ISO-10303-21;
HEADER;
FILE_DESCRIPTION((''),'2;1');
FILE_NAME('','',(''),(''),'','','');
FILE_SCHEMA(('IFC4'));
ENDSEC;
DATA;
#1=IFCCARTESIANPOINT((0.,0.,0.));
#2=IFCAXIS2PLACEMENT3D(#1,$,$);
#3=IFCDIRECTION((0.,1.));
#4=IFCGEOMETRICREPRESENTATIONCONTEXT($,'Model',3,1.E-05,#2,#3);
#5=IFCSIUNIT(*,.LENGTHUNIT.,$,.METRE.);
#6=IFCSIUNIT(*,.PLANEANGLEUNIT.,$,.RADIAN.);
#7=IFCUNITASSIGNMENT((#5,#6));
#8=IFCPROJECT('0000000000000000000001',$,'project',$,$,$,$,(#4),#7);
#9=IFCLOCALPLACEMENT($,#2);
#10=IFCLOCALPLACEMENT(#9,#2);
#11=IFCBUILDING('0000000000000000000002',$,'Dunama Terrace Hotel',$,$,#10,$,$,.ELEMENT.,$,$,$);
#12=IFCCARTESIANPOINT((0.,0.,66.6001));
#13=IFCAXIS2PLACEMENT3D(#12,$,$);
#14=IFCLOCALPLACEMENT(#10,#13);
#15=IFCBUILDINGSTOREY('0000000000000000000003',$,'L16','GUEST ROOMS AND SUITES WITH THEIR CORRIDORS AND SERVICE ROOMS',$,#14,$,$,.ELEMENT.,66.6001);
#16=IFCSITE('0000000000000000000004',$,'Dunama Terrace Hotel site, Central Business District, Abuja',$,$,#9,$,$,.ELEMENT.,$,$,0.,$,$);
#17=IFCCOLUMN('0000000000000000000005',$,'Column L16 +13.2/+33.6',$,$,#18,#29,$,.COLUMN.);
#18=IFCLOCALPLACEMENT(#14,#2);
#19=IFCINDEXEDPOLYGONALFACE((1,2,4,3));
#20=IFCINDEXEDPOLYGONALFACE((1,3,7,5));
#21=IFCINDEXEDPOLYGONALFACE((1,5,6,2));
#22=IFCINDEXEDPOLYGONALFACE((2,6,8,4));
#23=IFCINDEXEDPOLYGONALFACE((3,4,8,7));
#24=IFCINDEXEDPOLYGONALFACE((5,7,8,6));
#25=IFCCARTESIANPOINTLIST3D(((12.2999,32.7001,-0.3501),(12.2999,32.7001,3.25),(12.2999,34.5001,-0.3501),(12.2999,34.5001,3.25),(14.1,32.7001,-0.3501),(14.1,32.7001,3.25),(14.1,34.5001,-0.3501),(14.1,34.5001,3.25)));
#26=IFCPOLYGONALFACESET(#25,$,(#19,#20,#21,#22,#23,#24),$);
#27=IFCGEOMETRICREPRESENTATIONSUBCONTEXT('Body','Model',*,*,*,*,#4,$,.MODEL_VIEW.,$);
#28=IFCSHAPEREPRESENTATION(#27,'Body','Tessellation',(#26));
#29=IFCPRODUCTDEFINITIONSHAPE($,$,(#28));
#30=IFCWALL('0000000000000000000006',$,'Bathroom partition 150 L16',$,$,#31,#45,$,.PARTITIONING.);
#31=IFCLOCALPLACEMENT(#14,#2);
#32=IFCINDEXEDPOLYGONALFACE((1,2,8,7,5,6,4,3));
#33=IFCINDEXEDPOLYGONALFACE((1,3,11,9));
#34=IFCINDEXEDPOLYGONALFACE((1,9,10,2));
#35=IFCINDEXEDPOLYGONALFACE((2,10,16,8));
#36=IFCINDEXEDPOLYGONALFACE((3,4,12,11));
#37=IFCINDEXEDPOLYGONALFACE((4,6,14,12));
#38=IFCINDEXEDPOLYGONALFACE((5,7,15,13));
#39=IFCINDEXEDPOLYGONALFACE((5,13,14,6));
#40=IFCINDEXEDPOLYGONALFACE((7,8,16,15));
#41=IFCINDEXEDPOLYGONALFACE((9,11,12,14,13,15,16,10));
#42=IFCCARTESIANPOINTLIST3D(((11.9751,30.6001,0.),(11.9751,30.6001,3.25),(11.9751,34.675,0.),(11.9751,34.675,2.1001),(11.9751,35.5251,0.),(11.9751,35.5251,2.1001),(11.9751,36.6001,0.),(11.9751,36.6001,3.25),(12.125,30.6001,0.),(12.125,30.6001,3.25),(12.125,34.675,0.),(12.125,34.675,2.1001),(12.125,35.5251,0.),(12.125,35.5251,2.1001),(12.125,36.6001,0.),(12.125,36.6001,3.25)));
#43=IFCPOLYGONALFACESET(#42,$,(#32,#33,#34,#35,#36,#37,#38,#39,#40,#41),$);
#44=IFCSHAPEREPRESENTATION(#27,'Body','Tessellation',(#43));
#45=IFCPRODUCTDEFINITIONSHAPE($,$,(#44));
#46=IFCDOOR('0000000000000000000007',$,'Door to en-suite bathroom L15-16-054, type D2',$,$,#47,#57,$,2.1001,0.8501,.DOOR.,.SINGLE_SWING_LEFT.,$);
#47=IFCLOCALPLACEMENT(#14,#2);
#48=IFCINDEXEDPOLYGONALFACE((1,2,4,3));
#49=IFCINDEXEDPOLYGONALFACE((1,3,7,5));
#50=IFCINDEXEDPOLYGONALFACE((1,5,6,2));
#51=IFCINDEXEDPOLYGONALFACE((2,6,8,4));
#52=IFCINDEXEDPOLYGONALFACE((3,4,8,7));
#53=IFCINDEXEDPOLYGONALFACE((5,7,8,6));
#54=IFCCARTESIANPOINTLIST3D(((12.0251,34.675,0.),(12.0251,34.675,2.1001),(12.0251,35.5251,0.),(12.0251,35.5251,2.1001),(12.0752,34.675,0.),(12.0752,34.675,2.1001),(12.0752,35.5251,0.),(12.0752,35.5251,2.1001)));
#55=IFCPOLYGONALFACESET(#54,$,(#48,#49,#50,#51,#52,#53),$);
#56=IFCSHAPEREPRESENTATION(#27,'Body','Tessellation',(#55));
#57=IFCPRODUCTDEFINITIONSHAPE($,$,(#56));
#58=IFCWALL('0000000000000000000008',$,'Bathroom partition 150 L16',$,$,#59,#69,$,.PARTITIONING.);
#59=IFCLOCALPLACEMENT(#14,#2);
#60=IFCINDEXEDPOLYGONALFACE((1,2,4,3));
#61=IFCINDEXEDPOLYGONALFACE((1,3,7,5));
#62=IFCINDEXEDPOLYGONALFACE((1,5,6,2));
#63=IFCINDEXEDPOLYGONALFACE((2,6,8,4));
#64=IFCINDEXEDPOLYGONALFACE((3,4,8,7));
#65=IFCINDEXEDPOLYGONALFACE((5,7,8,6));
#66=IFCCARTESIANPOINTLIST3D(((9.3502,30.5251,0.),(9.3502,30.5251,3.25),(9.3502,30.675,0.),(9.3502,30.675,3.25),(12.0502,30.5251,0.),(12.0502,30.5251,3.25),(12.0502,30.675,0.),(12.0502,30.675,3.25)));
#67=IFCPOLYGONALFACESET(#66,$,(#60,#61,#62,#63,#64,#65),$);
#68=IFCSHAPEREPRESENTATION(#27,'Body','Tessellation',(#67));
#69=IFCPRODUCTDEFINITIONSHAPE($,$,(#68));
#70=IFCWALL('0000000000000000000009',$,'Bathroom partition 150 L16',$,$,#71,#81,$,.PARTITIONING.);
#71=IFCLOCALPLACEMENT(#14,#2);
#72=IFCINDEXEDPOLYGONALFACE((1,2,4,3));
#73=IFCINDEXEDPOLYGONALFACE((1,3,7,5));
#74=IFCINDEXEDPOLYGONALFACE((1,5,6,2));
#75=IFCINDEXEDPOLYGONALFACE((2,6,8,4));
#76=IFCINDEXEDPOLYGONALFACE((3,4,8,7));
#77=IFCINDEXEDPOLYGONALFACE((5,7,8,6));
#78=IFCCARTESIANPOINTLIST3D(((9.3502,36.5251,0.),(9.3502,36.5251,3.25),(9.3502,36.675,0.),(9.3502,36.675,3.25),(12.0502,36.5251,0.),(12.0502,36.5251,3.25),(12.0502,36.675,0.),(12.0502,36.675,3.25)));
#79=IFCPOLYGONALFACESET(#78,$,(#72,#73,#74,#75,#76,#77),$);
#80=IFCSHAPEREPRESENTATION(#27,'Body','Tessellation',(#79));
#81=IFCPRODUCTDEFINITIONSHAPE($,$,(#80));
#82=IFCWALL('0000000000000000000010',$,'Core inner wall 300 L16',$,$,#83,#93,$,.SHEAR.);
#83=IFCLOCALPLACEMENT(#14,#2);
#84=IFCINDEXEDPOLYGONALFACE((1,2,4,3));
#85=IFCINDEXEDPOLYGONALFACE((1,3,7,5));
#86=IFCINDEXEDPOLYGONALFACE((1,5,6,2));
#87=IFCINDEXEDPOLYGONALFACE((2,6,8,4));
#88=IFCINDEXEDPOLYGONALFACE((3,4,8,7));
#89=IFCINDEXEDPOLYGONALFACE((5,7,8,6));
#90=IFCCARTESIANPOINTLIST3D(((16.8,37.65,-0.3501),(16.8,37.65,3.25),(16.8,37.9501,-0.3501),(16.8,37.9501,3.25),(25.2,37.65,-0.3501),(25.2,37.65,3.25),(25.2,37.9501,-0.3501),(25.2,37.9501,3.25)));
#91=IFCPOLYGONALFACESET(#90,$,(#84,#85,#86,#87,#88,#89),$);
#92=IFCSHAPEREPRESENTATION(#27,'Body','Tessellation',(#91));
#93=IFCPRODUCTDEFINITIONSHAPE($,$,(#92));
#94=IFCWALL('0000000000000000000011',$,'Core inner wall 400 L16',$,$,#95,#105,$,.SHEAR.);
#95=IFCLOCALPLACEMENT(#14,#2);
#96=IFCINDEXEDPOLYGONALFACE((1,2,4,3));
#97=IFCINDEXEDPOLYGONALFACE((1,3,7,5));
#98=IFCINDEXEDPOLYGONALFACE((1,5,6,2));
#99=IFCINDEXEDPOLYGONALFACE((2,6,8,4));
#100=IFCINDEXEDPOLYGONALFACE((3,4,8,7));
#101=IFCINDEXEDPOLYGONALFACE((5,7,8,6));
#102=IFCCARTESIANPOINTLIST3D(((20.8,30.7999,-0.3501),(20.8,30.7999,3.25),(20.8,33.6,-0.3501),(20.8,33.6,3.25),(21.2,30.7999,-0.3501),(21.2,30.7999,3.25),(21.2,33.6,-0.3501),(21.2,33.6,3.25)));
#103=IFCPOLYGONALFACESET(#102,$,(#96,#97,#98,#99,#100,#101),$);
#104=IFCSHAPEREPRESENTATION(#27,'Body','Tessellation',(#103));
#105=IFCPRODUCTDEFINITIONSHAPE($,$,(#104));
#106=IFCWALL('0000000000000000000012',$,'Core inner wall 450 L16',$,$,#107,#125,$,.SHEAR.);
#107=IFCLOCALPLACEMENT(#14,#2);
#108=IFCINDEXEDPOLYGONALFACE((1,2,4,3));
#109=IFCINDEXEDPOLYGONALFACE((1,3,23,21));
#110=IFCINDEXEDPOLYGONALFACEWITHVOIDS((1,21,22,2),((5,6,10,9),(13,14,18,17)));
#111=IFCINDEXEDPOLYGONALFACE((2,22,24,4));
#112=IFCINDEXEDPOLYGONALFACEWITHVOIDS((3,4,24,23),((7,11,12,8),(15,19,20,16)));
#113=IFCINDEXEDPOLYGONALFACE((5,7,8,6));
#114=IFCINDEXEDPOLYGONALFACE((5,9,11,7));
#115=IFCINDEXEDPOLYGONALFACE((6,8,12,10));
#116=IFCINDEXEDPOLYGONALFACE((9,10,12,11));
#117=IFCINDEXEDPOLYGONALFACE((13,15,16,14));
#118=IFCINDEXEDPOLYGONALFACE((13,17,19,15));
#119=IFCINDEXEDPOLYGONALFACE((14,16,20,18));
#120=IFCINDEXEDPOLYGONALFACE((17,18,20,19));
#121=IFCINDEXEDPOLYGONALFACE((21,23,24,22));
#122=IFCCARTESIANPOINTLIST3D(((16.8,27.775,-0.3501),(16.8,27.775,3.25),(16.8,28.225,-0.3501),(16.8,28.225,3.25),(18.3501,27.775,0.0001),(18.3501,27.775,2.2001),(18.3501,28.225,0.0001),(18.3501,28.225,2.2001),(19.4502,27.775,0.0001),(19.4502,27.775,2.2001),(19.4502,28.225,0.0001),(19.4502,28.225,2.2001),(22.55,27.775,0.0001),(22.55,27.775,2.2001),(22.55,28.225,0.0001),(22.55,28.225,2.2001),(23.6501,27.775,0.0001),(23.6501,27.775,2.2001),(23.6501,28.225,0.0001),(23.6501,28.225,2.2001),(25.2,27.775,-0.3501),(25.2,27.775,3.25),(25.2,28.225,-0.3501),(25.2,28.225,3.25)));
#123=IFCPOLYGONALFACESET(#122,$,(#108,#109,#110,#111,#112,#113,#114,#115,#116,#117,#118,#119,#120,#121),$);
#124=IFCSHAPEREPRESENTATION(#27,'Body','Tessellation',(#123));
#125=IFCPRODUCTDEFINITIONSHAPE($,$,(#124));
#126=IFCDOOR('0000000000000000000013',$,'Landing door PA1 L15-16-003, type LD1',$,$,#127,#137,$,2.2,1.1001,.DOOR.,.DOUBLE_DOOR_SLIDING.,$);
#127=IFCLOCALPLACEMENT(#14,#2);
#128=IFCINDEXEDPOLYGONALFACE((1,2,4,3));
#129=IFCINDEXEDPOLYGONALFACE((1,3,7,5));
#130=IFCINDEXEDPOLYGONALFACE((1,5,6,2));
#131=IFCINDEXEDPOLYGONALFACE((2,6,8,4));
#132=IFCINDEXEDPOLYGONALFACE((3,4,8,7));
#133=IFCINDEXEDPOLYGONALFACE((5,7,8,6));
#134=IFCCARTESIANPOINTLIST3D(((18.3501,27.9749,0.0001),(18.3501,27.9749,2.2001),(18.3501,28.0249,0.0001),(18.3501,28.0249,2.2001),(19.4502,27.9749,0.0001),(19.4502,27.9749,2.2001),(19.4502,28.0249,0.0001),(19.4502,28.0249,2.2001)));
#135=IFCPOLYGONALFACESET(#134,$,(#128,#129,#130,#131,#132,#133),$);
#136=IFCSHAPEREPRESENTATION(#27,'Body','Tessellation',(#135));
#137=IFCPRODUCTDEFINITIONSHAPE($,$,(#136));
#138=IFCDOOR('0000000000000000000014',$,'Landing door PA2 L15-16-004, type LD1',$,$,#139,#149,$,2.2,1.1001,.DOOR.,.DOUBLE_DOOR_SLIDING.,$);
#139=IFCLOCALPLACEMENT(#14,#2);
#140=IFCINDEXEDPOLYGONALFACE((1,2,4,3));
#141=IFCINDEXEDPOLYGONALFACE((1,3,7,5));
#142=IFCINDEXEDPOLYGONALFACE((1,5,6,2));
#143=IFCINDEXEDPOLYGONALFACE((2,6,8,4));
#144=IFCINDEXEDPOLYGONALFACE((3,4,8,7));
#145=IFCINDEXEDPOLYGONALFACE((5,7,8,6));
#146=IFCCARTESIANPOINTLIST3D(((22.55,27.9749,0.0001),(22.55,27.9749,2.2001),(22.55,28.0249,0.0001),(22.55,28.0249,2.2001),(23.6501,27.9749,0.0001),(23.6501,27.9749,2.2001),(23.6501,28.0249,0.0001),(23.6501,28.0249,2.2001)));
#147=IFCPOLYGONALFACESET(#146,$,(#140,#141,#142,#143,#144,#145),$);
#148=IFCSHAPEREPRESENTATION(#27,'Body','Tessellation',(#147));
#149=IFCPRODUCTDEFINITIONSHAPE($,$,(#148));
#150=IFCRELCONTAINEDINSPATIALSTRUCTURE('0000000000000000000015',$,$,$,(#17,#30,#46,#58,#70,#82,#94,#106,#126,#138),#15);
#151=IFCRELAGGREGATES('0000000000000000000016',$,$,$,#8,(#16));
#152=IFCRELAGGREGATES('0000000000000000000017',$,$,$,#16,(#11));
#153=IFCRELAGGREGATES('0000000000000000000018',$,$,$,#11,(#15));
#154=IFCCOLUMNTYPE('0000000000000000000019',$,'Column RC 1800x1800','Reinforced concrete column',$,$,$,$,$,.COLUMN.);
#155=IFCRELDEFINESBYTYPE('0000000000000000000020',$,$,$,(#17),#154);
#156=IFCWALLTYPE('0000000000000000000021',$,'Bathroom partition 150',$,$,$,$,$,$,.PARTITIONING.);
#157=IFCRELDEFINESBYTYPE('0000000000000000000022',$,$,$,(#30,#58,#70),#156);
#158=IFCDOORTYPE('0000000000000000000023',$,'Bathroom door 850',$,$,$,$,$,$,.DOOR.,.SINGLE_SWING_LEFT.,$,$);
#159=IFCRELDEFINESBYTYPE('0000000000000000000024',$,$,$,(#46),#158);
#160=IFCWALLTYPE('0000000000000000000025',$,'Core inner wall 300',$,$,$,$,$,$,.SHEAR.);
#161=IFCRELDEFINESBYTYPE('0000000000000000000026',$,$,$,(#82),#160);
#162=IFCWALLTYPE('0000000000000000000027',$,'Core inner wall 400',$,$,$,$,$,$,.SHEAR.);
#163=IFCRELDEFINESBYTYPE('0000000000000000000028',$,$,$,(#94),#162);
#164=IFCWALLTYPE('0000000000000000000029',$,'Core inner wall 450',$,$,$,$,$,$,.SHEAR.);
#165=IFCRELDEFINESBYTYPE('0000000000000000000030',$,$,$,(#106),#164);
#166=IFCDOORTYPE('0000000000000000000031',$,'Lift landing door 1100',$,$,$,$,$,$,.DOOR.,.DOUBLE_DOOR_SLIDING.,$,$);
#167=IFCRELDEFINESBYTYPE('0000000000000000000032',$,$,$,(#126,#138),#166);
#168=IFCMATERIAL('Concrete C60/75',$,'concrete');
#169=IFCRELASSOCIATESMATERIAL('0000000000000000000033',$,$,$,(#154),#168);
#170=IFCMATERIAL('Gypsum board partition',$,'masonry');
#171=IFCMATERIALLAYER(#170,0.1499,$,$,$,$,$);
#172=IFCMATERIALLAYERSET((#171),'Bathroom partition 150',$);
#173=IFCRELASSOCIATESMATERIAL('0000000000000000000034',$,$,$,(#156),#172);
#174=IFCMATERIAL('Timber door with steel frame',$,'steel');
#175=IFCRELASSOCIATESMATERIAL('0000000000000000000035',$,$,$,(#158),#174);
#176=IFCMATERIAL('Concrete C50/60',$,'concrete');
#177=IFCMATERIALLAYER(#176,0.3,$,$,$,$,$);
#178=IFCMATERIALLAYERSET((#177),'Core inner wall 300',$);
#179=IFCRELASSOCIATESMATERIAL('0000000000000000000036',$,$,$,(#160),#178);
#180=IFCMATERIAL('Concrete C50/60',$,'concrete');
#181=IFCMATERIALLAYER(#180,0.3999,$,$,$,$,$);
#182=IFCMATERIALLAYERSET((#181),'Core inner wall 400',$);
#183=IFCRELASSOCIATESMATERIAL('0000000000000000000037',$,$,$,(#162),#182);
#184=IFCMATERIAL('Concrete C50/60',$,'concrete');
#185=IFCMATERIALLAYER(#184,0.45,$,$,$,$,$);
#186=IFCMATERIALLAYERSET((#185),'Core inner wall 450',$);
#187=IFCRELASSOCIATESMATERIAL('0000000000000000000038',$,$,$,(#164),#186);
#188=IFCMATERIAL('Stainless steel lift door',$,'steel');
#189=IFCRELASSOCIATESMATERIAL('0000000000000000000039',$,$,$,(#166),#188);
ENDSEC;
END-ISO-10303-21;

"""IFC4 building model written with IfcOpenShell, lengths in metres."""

from ifc_helpers import new_model, si_unit, direction, frame, frame_2d, origin, origin_2d, place, context, subcontext, project, spatial, rectangle, extrude, material, layer, layer_set, material_profile, profile_set, type_object, element, fill, save


model = new_model("IFC4")

# Units and contexts
model_context = context("Model", 3, precision=1e-05, world=origin(), true_north=direction((0.0, 1.0)))
body_context = subcontext(model_context, "Body", "Model", "MODEL_VIEW")
ifc_project = project(units=[si_unit("LENGTHUNIT", "METRE"), si_unit("PLANEANGLEUNIT", "RADIAN")], contexts=[model_context])

# Site, building, storey
site_placement = place(None, origin())
site = spatial("IfcSite", under=ifc_project, at=site_placement, Name="Dunama Terrace Hotel site, Central Business District, Abuja", CompositionType="ELEMENT", RefElevation=0.0)
building_placement = place(site_placement, origin())
building = spatial("IfcBuilding", under=site, at=building_placement, Name="Dunama Terrace Hotel", CompositionType="ELEMENT")
storey_placement = place(building_placement, frame((0.0, 0.0, 66.6001)))
storey = spatial("IfcBuildingStorey", under=building, at=storey_placement, Name="L16", Description="GUEST ROOMS AND SUITES WITH THEIR CORRIDORS AND SERVICE ROOMS", CompositionType="ELEMENT", Elevation=66.6001)

# Column
ifc_material_1 = material(Name="Concrete C60/75", Category="concrete")
ifc_material_profile = material_profile(ifc_material_1, rectangle(XDim=1.8, YDim=1.8, at=origin_2d()), Name="RC 1800x1800")
ifc_profile_set = profile_set([ifc_material_profile], Name="Concrete C60/75")
column_type = type_object("IfcColumnType", Name="Column RC 1800x1800", Description="Reinforced concrete column", PredefinedType="COLUMN", material=ifc_profile_set)
column_placement = place(storey_placement, frame((13.2, 33.6001, -0.3501), z_axis=(0.0, 0.0, 1.0), x_axis=(1.0, 0.0, 0.0)))
element("IfcColumn", 1, at=column_placement, inside=storey, type_object=column_type, Name="Column L16 +13.2/+33.6", PredefinedType="COLUMN", context=body_context, shape_type="SweptSolid", body=[
    extrude(rectangle(XDim=1.8, YDim=1.8, at=origin_2d()), origin(), (0.0, 0.0, 1.0), 3.6001),
])

# Wall, opening, door
ifc_material_2 = material(Name="Gypsum board partition", Category="masonry")
ifc_layer_1 = layer(ifc_material_2, 0.1499)
ifc_layer_set_1 = layer_set([ifc_layer_1], Name="Bathroom partition 150")
wall_type_1 = type_object("IfcWallType", Name="Bathroom partition 150", PredefinedType="PARTITIONING", material=ifc_layer_set_1)
wall_1_placement = place(storey_placement, frame((12.05, 30.6001, 0.0), z_axis=(0.0, 0.0, 1.0), x_axis=(0.0, 1.0, 0.0)))
wall_1 = element("IfcWall", 2, at=wall_1_placement, inside=storey, type_object=wall_type_1, Name="Bathroom partition 150 L16", PredefinedType="PARTITIONING", context=body_context, shape_type="SweptSolid", body=[
    extrude(rectangle(XDim=6.0, YDim=0.1499, at=frame_2d((3.0, 0.0))), origin(), (0.0, 0.0, 1.0), 3.25),
])
opening_1_placement = place(wall_1_placement, frame((4.075, 0.0, 0.0)))
opening_1 = element("IfcOpeningElement", 3, at=opening_1_placement, cuts=wall_1, PredefinedType="OPENING", context=body_context, shape_type="SweptSolid", body=[
    extrude(rectangle(XDim=0.8501, YDim=2.1001, at=frame_2d((0.425, 1.05))), frame((0.0, 0.085, 0.0), z_axis=(0.0, -1.0, 0.0), x_axis=(1.0, 0.0, 0.0)), (0.0, 0.0, 1.0), 0.1699),
])
ifc_material_3 = material(Name="Timber door with steel frame", Category="steel")
door_type_1 = type_object("IfcDoorType", Name="Bathroom door 850", OperationType="SINGLE_SWING_LEFT", PredefinedType="DOOR", material=ifc_material_3)
door_1_placement = place(opening_1_placement, origin())
door_1 = element("IfcDoor", 4, at=door_1_placement, inside=storey, type_object=door_type_1, Name="Door to en-suite bathroom L15-16-054, type D2", OperationType="SINGLE_SWING_LEFT", OverallHeight=2.1001, OverallWidth=0.8501, PredefinedType="DOOR", context=body_context, shape_type="SweptSolid", body=[
    extrude(rectangle(XDim=0.8501, YDim=2.1001, at=frame_2d((0.425, 1.05))), frame((0.0, 0.0249, 0.0), z_axis=(0.0, -1.0, 0.0), x_axis=(1.0, 0.0, 0.0)), (0.0, 0.0, 1.0), 0.05),
])
fill(opening_1, door_1)

# Walls
for number, where, z_axis, x_axis, name in (
    (5, (9.3501, 30.6001, 0.0), (0.0, 0.0, 1.0), (1.0, 0.0, 0.0), "Bathroom partition 150 L16"),
    (6, (9.3501, 36.6001, 0.0), (0.0, 0.0, 1.0), (1.0, 0.0, 0.0), "Bathroom partition 150 L16"),
):
    element("IfcWall", number, at=place(storey_placement, frame(where, z_axis=z_axis, x_axis=x_axis)), inside=storey, type_object=wall_type_1, Name=name, PredefinedType="PARTITIONING", context=body_context, shape_type="SweptSolid", body=[
        extrude(rectangle(XDim=2.7, YDim=0.1499, at=frame_2d((1.3501, 0.0))), origin(), (0.0, 0.0, 1.0), 3.25),
    ])
ifc_material_4 = material(Name="Concrete C50/60", Category="concrete")
ifc_layer_2 = layer(ifc_material_4, 0.3)
ifc_layer_set_2 = layer_set([ifc_layer_2], Name="Core inner wall 300")
wall_type_2 = type_object("IfcWallType", Name="Core inner wall 300", PredefinedType="SHEAR", material=ifc_layer_set_2)
wall_2_placement = place(storey_placement, frame((16.8, 37.8, -0.3501), z_axis=(0.0, 0.0, 1.0), x_axis=(1.0, 0.0, 0.0)))
element("IfcWall", 7, at=wall_2_placement, inside=storey, type_object=wall_type_2, Name="Core inner wall 300 L16", PredefinedType="SHEAR", context=body_context, shape_type="SweptSolid", body=[
    extrude(rectangle(XDim=8.3999, YDim=0.3, at=frame_2d((4.2, 0.0))), origin(), (0.0, 0.0, 1.0), 3.6001),
])
ifc_material_5 = material(Name="Concrete C50/60", Category="concrete")
ifc_layer_3 = layer(ifc_material_5, 0.3999)
ifc_layer_set_3 = layer_set([ifc_layer_3], Name="Core inner wall 400")
wall_type_3 = type_object("IfcWallType", Name="Core inner wall 400", PredefinedType="SHEAR", material=ifc_layer_set_3)
wall_3_placement = place(storey_placement, frame((21.0, 30.8, -0.3501), z_axis=(0.0, 0.0, 1.0), x_axis=(0.0, 1.0, 0.0)))
element("IfcWall", 8, at=wall_3_placement, inside=storey, type_object=wall_type_3, Name="Core inner wall 400 L16", PredefinedType="SHEAR", context=body_context, shape_type="SweptSolid", body=[
    extrude(rectangle(XDim=2.8, YDim=0.3999, at=frame_2d((1.3999, 0.0))), origin(), (0.0, 0.0, 1.0), 3.6001),
])

# Wall, openings, doors
ifc_material_6 = material(Name="Concrete C50/60", Category="concrete")
ifc_layer_4 = layer(ifc_material_6, 0.45)
ifc_layer_set_4 = layer_set([ifc_layer_4], Name="Core inner wall 450")
wall_type_4 = type_object("IfcWallType", Name="Core inner wall 450", PredefinedType="SHEAR", material=ifc_layer_set_4)
wall_4_placement = place(storey_placement, frame((16.8, 28.0, -0.3501), z_axis=(0.0, 0.0, 1.0), x_axis=(1.0, 0.0, 0.0)))
wall_4 = element("IfcWall", 9, at=wall_4_placement, inside=storey, type_object=wall_type_4, Name="Core inner wall 450 L16", PredefinedType="SHEAR", context=body_context, shape_type="SweptSolid", body=[
    extrude(rectangle(XDim=8.3999, YDim=0.45, at=frame_2d((4.2, 0.0))), origin(), (0.0, 0.0, 1.0), 3.6001),
])
opening_2_placement = place(wall_4_placement, frame((1.55, 0.0, 0.3501)))
opening_2 = element("IfcOpeningElement", 10, at=opening_2_placement, cuts=wall_4, PredefinedType="OPENING", context=body_context, shape_type="SweptSolid", body=[
    extrude(rectangle(XDim=1.1001, YDim=2.2, at=frame_2d((0.55, 1.1001))), frame((0.0, 0.2349, 0.0), z_axis=(0.0, -1.0, 0.0), x_axis=(1.0, 0.0, 0.0)), (0.0, 0.0, 1.0), 0.47),
])
opening_3_placement = place(wall_4_placement, frame((5.75, 0.0, 0.3501)))
opening_3 = element("IfcOpeningElement", 11, at=opening_3_placement, cuts=wall_4, PredefinedType="OPENING", context=body_context, shape_type="SweptSolid", body=[
    extrude(rectangle(XDim=1.1001, YDim=2.2, at=frame_2d((0.55, 1.1001))), frame((0.0, 0.2349, 0.0), z_axis=(0.0, -1.0, 0.0), x_axis=(1.0, 0.0, 0.0)), (0.0, 0.0, 1.0), 0.47),
])
ifc_material_7 = material(Name="Stainless steel lift door", Category="steel")
door_type_2 = type_object("IfcDoorType", Name="Lift landing door 1100", OperationType="DOUBLE_DOOR_SLIDING", PredefinedType="DOOR", material=ifc_material_7)
door_2_placement = place(opening_2_placement, origin())
door_2 = element("IfcDoor", 12, at=door_2_placement, inside=storey, type_object=door_type_2, Name="Landing door PA1 L15-16-003, type LD1", OperationType="DOUBLE_DOOR_SLIDING", OverallHeight=2.2, OverallWidth=1.1001, PredefinedType="DOOR", context=body_context, shape_type="SweptSolid", body=[
    extrude(rectangle(XDim=1.1001, YDim=2.2, at=frame_2d((0.55, 1.1001))), frame((0.0, 0.0249, 0.0), z_axis=(0.0, -1.0, 0.0), x_axis=(1.0, 0.0, 0.0)), (0.0, 0.0, 1.0), 0.05),
])
fill(opening_2, door_2)
door_3_placement = place(opening_3_placement, origin())
door_3 = element("IfcDoor", 13, at=door_3_placement, inside=storey, type_object=door_type_2, Name="Landing door PA2 L15-16-004, type LD1", OperationType="DOUBLE_DOOR_SLIDING", OverallHeight=2.2, OverallWidth=1.1001, PredefinedType="DOOR", context=body_context, shape_type="SweptSolid", body=[
    extrude(rectangle(XDim=1.1001, YDim=2.2, at=frame_2d((0.55, 1.1001))), frame((0.0, 0.0249, 0.0), z_axis=(0.0, -1.0, 0.0), x_axis=(1.0, 0.0, 0.0)), (0.0, 0.0, 1.0), 0.05),
])
fill(opening_3, door_3)

save(model, "model.ifc")
